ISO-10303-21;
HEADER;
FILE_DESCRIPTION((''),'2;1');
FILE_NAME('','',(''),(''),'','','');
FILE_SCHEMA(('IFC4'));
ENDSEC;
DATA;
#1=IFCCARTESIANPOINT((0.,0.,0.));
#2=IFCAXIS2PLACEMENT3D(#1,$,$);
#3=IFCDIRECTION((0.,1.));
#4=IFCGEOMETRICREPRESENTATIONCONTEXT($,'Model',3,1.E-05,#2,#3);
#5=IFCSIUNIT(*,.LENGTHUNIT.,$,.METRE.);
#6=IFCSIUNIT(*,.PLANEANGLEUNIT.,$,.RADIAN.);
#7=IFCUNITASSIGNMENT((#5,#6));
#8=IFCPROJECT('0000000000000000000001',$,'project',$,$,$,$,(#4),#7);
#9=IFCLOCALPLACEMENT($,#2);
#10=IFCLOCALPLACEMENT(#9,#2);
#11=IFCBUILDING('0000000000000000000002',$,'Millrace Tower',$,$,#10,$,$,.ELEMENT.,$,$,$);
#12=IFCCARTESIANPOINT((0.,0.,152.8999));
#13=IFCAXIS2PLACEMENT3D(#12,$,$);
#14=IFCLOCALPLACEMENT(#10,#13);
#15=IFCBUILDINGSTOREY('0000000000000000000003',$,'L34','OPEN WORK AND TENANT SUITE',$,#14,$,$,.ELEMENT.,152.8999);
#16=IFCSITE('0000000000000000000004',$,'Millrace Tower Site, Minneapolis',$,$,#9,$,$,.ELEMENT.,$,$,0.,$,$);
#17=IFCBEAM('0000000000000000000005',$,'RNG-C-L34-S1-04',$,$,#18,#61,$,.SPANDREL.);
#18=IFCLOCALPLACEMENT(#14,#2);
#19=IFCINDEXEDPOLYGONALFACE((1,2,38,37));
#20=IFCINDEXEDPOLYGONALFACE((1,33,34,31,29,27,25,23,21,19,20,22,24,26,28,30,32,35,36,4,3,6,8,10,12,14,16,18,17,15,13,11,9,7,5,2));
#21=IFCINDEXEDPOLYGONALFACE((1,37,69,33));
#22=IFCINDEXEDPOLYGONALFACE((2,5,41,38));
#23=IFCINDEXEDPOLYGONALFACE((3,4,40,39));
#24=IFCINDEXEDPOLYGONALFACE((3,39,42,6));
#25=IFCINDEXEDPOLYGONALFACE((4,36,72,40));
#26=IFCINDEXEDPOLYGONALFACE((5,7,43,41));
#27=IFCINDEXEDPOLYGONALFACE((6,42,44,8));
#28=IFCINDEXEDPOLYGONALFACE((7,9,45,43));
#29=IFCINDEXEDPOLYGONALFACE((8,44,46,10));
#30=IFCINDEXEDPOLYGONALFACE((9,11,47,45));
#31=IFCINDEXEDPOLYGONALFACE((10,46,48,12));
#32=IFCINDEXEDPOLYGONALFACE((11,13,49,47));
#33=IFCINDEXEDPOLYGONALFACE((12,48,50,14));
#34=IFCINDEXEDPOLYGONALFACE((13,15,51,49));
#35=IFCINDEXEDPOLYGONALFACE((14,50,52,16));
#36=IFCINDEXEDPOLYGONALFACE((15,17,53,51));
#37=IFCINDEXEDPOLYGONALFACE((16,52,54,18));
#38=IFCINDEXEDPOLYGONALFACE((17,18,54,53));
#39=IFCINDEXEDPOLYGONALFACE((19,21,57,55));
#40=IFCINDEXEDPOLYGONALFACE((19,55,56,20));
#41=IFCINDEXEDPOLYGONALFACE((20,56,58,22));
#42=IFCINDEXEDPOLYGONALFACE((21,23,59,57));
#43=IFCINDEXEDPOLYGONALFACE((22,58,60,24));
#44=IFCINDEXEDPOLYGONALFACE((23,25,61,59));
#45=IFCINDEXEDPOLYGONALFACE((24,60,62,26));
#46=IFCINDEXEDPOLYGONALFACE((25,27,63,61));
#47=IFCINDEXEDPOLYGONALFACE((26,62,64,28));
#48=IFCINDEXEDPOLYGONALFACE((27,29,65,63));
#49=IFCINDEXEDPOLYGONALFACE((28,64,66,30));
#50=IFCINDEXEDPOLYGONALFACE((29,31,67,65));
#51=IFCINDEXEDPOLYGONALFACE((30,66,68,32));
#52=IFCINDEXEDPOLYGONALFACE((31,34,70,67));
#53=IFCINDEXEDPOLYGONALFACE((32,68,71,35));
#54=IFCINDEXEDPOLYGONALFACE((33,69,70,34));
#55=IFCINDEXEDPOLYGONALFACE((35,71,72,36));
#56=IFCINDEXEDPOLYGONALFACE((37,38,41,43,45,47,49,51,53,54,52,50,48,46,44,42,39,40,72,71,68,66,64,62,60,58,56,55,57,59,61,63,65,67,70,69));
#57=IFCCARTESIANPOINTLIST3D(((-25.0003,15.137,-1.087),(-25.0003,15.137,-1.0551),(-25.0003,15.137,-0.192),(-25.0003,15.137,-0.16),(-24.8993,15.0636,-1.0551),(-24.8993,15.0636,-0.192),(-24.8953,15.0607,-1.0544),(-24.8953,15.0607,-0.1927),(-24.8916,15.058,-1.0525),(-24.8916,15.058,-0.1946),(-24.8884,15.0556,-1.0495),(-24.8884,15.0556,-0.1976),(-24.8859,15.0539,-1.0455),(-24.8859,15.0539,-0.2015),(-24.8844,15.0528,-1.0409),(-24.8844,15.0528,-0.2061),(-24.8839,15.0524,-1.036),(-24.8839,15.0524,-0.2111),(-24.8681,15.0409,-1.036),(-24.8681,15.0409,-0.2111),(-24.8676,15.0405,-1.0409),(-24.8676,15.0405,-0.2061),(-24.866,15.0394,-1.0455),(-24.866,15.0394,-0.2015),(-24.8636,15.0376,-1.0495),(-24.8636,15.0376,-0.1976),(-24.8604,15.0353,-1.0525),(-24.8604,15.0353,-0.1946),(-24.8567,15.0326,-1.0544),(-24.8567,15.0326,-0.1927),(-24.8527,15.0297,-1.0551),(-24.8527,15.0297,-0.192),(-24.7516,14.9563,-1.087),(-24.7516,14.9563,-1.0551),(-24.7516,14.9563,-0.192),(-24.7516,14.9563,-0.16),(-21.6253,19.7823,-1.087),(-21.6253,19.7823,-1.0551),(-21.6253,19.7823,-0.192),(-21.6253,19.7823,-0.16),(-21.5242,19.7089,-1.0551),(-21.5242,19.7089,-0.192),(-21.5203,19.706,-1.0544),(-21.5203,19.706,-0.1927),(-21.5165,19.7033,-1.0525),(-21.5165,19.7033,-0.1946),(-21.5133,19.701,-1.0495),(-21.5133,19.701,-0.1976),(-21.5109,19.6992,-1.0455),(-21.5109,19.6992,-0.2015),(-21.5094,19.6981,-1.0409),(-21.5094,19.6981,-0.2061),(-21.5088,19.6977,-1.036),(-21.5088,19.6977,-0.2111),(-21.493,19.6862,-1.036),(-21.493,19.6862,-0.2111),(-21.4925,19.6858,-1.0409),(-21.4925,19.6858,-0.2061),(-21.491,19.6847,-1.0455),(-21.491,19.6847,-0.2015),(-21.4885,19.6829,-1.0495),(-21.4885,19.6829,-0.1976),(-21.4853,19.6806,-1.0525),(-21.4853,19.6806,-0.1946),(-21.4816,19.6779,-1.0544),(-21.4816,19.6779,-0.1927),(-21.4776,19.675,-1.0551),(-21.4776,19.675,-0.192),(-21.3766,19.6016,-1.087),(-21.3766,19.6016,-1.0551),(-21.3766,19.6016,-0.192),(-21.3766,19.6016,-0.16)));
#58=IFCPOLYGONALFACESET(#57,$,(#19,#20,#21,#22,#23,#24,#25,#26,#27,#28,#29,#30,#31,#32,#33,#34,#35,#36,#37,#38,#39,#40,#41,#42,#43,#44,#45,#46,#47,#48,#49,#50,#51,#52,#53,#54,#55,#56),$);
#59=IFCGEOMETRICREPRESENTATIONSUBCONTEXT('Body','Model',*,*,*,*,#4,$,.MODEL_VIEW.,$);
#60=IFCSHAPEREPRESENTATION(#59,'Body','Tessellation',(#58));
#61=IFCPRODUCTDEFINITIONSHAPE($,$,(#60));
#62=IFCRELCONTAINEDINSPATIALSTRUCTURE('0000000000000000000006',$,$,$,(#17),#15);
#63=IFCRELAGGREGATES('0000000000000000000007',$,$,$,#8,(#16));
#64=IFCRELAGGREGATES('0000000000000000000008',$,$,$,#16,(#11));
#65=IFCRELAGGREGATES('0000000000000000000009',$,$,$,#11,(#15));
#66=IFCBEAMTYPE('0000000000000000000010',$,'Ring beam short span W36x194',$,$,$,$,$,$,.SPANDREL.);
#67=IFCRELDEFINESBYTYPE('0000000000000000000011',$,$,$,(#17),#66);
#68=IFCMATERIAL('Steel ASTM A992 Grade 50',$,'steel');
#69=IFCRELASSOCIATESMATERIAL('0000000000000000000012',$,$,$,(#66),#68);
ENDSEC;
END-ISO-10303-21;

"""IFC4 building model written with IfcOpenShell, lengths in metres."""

from ifc_helpers import new_model, si_unit, direction, frame, origin, origin_2d, place, context, subcontext, project, spatial, i_section, extrude, material, material_profile, profile_set, type_object, element, save


model = new_model("IFC4")

# Units and contexts
model_context = context("Model", 3, precision=1e-05, world=origin(), true_north=direction((0.0, 1.0)))
body_context = subcontext(model_context, "Body", "Model", "MODEL_VIEW")
ifc_project = project(units=[si_unit("LENGTHUNIT", "METRE"), si_unit("PLANEANGLEUNIT", "RADIAN")], contexts=[model_context])

# Site, building, storey
site_placement = place(None, origin())
site = spatial("IfcSite", under=ifc_project, at=site_placement, Name="Millrace Tower Site, Minneapolis", CompositionType="ELEMENT", RefElevation=0.0)
building_placement = place(site_placement, origin())
building = spatial("IfcBuilding", under=site, at=building_placement, Name="Millrace Tower", CompositionType="ELEMENT")
storey_placement = place(building_placement, frame((0.0, 0.0, 152.8999)))
storey = spatial("IfcBuildingStorey", under=building, at=storey_placement, Name="L34", Description="OPEN WORK AND TENANT SUITE", CompositionType="ELEMENT", Elevation=152.8999)

# Beam
ifc_material_1 = material(Name="Steel ASTM A992 Grade 50", Category="steel")
ifc_material_profile_1 = material_profile(ifc_material_1, i_section(OverallWidth=0.3074, OverallDepth=0.927, WebThickness=0.0195, FlangeThickness=0.032, FilletRadius=0.019, at=origin_2d()))
ifc_profile_set_1 = profile_set([ifc_material_profile_1], Name="Steel ASTM A992 Grade 50")
beam_type_1 = type_object("IfcBeamType", Name="Ring beam short span W36x194", PredefinedType="SPANDREL", material=ifc_profile_set_1)
beam_1_placement = place(storey_placement, frame((-24.876, 15.0466, -0.6235), z_axis=(0.587787, 0.809015, 0.0), x_axis=(-0.809015, 0.587787, 0.0)))
element("IfcBeam", 1, at=beam_1_placement, inside=storey, type_object=beam_type_1, Name="RNG-C-L34-S1-04", PredefinedType="SPANDREL", context=body_context, shape_type="SweptSolid", body=[
    extrude(i_section(OverallWidth=0.3074, OverallDepth=0.927, WebThickness=0.0195, FlangeThickness=0.032, FilletRadius=0.019, at=origin_2d()), origin(), (0.0, 0.0, 1.0), 5.7419),
])

save(model, "model.ifc")
